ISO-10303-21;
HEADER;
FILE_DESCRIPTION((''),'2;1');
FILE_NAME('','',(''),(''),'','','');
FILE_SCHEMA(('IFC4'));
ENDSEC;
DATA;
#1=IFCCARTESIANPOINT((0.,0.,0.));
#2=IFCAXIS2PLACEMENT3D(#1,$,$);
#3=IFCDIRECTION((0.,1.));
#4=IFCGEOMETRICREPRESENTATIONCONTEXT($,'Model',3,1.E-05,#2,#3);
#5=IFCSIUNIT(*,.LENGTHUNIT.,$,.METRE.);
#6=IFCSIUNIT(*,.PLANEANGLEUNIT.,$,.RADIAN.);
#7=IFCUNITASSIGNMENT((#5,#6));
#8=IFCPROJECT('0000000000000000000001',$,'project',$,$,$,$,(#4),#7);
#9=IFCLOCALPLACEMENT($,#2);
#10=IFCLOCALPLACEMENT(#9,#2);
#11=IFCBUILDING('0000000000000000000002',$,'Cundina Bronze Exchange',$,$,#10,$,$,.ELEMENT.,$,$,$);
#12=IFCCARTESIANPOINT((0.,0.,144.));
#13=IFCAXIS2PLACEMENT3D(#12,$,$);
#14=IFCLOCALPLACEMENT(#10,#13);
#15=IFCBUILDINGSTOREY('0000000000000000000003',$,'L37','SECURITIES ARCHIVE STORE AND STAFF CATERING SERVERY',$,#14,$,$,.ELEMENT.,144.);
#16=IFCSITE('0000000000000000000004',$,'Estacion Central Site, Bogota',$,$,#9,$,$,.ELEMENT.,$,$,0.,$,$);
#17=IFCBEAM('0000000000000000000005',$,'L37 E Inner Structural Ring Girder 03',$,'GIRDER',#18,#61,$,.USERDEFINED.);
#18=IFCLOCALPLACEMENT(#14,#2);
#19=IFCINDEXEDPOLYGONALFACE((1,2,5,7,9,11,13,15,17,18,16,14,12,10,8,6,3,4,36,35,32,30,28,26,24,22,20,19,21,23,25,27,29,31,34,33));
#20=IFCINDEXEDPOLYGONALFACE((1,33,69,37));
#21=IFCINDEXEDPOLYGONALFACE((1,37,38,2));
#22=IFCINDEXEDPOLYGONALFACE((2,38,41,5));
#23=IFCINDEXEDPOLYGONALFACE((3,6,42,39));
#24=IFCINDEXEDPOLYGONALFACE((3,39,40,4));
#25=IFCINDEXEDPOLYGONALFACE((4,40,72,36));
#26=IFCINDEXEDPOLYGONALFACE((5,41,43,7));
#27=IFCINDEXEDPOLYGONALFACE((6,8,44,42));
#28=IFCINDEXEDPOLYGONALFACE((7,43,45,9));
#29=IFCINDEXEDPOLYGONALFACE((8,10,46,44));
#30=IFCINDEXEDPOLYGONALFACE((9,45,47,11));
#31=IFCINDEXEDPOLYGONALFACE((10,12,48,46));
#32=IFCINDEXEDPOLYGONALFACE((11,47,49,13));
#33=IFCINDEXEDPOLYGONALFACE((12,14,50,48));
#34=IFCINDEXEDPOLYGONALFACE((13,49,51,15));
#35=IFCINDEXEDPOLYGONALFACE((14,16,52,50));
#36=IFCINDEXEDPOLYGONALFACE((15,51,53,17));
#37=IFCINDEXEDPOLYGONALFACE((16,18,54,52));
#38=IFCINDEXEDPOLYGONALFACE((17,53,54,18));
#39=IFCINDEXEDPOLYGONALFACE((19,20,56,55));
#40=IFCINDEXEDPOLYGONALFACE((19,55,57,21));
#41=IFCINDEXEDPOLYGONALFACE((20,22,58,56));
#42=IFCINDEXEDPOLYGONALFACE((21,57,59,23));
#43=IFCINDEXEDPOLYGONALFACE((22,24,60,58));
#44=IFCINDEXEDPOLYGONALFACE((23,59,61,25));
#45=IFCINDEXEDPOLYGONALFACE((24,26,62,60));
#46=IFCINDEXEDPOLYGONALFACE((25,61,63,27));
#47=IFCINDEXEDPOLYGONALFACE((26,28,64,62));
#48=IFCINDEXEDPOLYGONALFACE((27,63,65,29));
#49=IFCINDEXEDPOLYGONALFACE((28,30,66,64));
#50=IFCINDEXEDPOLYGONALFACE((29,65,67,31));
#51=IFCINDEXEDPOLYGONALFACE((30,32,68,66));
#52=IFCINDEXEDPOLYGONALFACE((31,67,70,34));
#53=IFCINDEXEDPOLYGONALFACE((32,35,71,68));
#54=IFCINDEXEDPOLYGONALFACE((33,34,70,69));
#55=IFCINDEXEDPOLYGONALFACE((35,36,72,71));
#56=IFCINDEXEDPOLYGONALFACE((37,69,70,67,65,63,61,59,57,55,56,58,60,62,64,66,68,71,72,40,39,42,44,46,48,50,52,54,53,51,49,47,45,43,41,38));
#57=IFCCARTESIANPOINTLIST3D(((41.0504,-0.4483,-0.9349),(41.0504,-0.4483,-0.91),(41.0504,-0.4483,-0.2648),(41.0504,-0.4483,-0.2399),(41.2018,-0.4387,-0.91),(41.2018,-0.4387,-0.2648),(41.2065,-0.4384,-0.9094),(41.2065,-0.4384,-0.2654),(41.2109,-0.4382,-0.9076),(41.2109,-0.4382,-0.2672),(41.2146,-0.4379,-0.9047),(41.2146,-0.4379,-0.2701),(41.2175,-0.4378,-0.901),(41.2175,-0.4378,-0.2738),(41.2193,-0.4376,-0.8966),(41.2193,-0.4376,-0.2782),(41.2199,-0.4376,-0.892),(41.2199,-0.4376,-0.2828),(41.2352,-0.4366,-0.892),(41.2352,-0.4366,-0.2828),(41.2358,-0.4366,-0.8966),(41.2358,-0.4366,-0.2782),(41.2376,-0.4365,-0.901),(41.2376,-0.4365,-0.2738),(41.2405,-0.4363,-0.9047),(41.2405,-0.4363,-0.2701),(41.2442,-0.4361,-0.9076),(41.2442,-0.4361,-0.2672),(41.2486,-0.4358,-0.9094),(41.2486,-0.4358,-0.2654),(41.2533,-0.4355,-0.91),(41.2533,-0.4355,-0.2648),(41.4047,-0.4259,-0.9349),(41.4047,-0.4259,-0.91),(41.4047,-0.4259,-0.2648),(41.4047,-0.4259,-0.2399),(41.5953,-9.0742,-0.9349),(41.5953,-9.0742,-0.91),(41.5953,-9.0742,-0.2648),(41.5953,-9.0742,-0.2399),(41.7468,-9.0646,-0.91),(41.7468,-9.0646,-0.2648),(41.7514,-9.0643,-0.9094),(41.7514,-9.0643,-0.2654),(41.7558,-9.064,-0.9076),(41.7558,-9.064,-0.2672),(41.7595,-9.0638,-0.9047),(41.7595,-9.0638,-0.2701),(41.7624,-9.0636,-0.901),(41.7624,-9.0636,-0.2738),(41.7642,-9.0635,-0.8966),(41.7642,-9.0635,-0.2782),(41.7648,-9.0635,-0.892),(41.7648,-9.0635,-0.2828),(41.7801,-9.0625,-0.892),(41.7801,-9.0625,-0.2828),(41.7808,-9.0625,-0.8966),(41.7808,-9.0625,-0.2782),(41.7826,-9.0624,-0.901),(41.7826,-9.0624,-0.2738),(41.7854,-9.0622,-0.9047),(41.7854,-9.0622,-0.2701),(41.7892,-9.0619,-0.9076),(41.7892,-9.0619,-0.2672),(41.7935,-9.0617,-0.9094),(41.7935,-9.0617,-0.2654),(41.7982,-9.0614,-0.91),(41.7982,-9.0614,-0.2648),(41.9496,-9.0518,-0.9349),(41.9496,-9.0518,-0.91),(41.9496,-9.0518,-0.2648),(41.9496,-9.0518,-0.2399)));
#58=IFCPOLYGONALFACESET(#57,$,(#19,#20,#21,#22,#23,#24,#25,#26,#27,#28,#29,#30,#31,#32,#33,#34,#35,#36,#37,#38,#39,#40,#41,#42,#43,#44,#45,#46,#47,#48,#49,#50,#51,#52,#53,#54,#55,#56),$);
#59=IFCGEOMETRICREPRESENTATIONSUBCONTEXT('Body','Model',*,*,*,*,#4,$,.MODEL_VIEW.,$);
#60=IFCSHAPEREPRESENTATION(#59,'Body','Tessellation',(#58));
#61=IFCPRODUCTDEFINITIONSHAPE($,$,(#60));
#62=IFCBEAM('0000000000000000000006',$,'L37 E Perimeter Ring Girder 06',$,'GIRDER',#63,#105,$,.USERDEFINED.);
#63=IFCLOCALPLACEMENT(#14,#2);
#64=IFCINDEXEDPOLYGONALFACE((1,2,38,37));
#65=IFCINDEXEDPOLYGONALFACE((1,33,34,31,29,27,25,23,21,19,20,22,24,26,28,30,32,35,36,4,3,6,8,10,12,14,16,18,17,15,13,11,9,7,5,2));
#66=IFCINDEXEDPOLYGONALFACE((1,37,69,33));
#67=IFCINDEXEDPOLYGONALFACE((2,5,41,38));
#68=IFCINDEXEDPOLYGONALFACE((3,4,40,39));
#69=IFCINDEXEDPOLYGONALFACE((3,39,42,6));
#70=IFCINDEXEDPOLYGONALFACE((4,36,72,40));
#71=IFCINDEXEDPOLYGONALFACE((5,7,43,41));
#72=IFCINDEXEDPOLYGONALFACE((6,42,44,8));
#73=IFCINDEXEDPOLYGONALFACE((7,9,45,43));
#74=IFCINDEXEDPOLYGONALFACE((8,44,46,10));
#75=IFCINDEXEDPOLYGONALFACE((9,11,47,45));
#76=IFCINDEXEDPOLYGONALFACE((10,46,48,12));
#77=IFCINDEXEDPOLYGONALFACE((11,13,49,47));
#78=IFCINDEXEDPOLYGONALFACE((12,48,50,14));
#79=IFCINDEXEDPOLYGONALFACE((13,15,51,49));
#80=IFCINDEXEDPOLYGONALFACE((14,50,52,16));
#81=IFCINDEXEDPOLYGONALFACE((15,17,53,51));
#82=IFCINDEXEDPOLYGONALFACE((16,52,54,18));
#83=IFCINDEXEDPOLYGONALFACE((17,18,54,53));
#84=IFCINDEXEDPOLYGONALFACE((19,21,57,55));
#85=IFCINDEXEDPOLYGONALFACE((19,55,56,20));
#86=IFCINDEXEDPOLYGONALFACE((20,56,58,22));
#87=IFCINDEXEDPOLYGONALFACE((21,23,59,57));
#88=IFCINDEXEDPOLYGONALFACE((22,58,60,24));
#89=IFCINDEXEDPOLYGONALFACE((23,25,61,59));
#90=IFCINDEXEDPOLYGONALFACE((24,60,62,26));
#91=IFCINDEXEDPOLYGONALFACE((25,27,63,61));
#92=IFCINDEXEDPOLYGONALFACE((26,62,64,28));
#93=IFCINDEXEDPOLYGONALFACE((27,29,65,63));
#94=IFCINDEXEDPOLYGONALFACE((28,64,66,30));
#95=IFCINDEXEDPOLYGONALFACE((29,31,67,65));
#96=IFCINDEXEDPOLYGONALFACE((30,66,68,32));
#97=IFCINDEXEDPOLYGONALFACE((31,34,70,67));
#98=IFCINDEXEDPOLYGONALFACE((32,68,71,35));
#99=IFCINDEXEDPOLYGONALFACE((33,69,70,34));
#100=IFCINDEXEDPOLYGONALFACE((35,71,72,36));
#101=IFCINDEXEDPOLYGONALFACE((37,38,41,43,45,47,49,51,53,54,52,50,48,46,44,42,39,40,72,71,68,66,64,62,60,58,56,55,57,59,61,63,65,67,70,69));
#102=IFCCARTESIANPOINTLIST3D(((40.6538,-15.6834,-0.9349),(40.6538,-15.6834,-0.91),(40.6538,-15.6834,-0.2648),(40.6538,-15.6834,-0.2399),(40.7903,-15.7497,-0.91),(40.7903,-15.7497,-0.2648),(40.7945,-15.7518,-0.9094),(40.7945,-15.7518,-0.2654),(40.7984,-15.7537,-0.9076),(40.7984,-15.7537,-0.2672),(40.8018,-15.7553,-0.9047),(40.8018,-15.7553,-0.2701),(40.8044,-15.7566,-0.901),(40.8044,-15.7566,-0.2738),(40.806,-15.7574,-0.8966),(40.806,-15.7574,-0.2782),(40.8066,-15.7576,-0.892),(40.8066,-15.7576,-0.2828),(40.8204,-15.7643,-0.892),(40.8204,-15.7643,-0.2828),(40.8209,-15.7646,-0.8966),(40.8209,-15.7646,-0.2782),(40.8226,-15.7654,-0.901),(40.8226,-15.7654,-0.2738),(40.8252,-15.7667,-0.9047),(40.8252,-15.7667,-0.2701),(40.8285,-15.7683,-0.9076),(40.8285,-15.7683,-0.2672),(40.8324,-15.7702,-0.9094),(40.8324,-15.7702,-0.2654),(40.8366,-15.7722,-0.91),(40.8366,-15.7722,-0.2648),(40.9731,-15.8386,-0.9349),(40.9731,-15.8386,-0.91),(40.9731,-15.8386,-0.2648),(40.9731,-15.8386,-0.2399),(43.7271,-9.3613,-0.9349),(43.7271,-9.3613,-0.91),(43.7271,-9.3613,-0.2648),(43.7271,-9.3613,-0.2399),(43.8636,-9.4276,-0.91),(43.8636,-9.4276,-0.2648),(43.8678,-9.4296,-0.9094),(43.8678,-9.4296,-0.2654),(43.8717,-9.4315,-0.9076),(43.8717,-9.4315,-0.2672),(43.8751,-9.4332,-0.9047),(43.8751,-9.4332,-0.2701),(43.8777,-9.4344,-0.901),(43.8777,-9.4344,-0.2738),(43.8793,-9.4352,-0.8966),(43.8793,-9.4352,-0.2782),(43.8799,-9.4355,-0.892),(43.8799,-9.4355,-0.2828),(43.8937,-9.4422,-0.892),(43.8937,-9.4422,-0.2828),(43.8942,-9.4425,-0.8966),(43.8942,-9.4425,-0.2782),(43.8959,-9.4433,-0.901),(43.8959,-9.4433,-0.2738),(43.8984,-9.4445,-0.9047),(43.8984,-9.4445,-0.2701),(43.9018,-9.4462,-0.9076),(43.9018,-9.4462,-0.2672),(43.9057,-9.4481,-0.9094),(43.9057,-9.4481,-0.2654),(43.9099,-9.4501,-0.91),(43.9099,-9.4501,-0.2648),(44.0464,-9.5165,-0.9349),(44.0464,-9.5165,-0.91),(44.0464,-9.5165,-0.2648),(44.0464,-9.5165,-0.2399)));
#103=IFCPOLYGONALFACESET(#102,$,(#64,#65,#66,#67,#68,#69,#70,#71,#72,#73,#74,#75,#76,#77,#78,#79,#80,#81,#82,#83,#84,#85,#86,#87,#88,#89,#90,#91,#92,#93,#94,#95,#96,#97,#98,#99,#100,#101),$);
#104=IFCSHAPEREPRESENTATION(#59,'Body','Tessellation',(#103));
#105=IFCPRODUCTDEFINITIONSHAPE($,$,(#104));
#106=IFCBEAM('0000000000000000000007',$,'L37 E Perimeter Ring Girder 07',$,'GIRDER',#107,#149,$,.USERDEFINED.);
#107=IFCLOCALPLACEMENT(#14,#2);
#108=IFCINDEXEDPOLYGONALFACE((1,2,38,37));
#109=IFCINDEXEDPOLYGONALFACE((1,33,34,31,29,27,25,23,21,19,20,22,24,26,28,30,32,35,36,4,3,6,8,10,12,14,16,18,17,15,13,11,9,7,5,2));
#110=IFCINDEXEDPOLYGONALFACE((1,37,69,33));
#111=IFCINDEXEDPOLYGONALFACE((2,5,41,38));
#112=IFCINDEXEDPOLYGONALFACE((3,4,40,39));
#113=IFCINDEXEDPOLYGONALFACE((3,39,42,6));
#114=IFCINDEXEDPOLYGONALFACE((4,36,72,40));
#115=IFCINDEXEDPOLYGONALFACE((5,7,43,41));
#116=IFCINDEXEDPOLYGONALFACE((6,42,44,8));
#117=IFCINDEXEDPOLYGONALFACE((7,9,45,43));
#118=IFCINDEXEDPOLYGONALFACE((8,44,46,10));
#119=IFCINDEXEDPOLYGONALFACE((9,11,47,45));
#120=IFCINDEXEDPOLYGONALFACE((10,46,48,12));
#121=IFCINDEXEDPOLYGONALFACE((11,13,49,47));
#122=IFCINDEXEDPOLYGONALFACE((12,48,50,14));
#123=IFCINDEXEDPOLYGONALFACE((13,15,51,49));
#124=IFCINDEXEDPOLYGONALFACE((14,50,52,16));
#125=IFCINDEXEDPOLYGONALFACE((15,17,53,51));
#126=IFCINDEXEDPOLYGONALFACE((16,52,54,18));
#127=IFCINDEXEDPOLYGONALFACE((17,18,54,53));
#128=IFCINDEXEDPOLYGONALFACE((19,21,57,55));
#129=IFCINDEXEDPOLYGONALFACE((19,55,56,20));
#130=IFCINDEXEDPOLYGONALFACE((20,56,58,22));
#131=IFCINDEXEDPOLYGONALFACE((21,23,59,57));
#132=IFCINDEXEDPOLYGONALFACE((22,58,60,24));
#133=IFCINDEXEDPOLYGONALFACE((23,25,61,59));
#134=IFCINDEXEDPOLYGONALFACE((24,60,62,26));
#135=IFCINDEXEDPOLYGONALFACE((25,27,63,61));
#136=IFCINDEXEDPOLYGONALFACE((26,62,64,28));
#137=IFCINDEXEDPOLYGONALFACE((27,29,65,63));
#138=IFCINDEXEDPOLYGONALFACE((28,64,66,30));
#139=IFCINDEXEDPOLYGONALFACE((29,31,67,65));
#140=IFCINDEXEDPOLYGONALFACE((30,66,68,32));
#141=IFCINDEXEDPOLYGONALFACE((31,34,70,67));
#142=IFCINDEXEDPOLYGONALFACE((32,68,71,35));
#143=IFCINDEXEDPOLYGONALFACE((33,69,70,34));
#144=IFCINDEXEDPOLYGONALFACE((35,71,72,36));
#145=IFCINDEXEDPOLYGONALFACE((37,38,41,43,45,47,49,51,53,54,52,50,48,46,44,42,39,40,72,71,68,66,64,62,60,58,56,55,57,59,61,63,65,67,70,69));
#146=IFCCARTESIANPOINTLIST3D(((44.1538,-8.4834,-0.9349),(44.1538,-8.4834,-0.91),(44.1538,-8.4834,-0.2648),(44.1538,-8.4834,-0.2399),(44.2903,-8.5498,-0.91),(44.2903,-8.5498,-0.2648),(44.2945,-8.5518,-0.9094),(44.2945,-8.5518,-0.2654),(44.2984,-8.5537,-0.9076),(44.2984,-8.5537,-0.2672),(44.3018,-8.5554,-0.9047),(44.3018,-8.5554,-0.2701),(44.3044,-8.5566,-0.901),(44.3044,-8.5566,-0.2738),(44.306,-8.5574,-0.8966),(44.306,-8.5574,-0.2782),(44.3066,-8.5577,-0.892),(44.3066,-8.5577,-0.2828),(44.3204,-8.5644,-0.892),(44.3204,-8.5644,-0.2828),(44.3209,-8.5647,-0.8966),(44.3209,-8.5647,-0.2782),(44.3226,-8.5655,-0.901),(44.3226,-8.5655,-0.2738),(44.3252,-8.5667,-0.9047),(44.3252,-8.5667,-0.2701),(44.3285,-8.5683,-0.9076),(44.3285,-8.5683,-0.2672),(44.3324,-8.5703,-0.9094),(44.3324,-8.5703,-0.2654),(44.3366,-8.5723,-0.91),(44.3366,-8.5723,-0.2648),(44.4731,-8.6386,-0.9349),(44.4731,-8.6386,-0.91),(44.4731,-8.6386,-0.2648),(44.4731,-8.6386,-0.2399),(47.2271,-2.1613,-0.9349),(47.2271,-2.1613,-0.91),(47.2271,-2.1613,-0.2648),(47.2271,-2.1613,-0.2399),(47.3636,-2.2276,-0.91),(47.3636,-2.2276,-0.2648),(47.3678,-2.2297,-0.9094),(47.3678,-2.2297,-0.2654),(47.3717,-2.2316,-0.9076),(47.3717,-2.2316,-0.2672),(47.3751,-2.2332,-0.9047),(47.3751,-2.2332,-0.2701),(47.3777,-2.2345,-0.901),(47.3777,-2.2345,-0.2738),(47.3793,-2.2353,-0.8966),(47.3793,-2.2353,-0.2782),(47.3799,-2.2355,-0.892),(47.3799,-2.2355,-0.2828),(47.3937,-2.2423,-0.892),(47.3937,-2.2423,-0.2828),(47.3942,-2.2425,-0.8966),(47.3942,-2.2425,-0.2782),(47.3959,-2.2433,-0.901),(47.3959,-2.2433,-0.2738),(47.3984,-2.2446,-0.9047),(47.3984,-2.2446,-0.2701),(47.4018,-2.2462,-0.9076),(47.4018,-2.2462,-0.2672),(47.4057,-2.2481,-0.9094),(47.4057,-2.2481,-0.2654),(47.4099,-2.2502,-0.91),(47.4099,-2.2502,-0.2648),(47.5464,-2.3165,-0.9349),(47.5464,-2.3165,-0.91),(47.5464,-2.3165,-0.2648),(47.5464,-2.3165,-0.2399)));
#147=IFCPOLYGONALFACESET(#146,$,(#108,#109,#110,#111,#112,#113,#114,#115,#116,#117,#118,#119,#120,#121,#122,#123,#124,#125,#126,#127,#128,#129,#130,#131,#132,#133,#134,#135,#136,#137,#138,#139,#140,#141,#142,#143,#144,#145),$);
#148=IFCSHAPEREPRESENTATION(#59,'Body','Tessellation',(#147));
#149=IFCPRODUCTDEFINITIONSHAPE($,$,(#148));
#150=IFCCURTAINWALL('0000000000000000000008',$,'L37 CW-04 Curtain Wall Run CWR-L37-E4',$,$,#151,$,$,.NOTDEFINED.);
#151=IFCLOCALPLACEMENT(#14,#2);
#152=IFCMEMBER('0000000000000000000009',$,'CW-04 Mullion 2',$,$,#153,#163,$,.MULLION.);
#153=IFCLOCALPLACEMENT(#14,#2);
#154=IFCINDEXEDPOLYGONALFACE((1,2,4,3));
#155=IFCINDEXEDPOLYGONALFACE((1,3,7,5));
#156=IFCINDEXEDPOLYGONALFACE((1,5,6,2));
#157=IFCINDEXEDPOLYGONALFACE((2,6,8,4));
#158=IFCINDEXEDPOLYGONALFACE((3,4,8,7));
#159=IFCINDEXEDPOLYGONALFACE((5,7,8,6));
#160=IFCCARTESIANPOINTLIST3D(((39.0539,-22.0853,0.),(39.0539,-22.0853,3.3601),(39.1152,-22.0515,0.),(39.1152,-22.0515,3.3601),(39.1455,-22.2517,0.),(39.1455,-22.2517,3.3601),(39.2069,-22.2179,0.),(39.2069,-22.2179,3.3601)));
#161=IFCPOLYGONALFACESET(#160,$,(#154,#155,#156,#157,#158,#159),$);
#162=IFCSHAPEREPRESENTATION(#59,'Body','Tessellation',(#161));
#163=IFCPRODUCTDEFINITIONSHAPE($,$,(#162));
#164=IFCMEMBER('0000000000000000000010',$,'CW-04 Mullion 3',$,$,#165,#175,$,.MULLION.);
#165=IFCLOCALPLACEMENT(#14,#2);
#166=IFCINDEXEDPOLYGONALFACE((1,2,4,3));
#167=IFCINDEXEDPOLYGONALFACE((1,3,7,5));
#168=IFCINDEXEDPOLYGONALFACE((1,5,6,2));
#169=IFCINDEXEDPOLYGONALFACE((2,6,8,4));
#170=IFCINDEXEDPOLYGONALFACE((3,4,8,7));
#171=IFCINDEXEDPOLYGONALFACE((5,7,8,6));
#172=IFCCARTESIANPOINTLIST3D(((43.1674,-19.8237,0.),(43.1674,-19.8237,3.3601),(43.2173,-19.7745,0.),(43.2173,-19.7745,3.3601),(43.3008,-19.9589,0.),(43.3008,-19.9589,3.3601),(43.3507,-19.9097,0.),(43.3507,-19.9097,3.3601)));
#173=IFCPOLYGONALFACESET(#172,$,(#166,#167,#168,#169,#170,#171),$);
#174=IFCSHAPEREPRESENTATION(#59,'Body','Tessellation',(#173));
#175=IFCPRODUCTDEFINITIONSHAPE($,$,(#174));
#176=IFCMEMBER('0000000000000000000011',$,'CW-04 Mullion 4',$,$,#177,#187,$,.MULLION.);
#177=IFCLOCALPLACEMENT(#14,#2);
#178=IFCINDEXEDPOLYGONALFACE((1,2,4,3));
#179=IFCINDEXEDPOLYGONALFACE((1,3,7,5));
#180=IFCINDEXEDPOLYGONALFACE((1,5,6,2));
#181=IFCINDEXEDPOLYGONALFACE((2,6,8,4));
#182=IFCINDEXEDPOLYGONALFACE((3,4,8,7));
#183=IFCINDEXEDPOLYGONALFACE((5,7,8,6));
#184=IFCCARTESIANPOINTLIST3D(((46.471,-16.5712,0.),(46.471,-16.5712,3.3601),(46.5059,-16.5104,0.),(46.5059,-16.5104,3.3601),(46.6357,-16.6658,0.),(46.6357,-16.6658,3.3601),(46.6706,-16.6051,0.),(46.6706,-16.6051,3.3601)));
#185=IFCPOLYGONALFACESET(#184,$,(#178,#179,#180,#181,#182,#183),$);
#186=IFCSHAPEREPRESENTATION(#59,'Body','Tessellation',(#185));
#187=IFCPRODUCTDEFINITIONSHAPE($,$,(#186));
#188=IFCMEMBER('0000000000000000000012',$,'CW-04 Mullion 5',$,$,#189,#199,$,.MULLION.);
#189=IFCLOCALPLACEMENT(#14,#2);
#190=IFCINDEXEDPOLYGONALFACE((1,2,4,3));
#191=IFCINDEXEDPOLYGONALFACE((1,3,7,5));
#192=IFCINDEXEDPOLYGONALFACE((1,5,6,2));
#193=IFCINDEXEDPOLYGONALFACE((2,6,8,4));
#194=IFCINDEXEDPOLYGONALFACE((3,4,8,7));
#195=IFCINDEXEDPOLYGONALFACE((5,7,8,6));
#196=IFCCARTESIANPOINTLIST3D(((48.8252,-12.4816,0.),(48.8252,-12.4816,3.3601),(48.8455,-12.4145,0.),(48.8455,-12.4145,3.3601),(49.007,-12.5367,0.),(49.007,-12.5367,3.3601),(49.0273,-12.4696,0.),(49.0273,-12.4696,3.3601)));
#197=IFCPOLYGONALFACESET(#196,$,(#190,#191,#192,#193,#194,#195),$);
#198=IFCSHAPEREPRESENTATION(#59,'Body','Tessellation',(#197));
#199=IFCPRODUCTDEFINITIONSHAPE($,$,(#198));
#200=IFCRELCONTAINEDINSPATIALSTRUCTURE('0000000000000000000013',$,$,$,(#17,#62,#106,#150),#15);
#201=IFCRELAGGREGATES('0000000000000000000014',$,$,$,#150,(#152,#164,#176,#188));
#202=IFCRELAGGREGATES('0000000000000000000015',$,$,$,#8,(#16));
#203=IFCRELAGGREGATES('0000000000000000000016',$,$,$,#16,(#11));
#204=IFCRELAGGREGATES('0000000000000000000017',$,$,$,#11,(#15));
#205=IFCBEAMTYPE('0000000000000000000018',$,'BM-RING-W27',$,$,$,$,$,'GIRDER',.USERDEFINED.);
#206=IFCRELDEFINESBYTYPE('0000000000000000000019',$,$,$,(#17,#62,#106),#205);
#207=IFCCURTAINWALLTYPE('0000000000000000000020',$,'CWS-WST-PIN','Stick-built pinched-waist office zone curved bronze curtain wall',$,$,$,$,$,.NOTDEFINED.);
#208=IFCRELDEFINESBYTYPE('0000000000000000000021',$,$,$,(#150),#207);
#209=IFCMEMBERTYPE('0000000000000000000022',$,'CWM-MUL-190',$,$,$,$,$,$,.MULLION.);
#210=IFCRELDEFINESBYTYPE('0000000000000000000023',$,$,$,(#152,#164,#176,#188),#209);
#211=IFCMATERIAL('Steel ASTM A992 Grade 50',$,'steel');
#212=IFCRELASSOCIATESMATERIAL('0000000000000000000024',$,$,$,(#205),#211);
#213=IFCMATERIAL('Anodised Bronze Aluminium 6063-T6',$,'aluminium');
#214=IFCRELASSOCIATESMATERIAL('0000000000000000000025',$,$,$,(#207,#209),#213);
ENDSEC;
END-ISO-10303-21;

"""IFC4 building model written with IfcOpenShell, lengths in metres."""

from ifc_helpers import new_model, si_unit, direction, frame, origin, origin_2d, place, context, subcontext, project, spatial, rectangle, i_section, extrude, material, material_profile, profile_set, type_object, element, aggregate, save


model = new_model("IFC4")

# Units and contexts
model_context = context("Model", 3, precision=1e-05, world=origin(), true_north=direction((0.0, 1.0)))
body_context = subcontext(model_context, "Body", "Model", "MODEL_VIEW")
ifc_project = project(units=[si_unit("LENGTHUNIT", "METRE"), si_unit("PLANEANGLEUNIT", "RADIAN")], contexts=[model_context])

# Site, building, storey
site_placement = place(None, origin())
site = spatial("IfcSite", under=ifc_project, at=site_placement, Name="Estacion Central Site, Bogota", CompositionType="ELEMENT", RefElevation=0.0)
building_placement = place(site_placement, origin())
building = spatial("IfcBuilding", under=site, at=building_placement, Name="Cundina Bronze Exchange", CompositionType="ELEMENT")
storey_placement = place(building_placement, frame((0.0, 0.0, 144.0)))
storey = spatial("IfcBuildingStorey", under=building, at=storey_placement, Name="L37", Description="SECURITIES ARCHIVE STORE AND STAFF CATERING SERVERY", CompositionType="ELEMENT", Elevation=144.0)

# Beams
ifc_material_1 = material(Name="Steel ASTM A992 Grade 50", Category="steel")
ifc_material_profile_1 = material_profile(ifc_material_1, i_section(OverallWidth=0.355, OverallDepth=0.6951, WebThickness=0.0154, FlangeThickness=0.0249, FilletRadius=0.0181, at=origin_2d()), Name="W27X146", Category="steel")
ifc_profile_set_1 = profile_set([ifc_material_profile_1], Name="Steel ASTM A992 Grade 50")
beam_type_1 = type_object("IfcBeamType", Name="BM-RING-W27", ElementType="GIRDER", PredefinedType="USERDEFINED", material=ifc_profile_set_1)
beam_1_placement = place(storey_placement, frame((41.7725, -9.063, -0.5874), z_axis=(-0.063047, 0.998011, 0.0), x_axis=(-0.998011, -0.063047, 0.0)))
element("IfcBeam", 1, at=beam_1_placement, inside=storey, type_object=beam_type_1, Name="L37 E Inner Structural Ring Girder 03", ObjectType="GIRDER", PredefinedType="USERDEFINED", context=body_context, shape_type="SweptSolid", body=[
    extrude(i_section(OverallWidth=0.355, OverallDepth=0.6951, WebThickness=0.0154, FlangeThickness=0.0249, FilletRadius=0.0181, at=origin_2d()), origin(), (0.0, 0.0, 1.0), 8.6431),
])
for number, where, z_axis, x_axis, name in (
    (2, (40.8135, -15.761, -0.5874), (0.437197, 0.899366, 0.0), (-0.899366, 0.437197, 0.0), "L37 E Perimeter Ring Girder 06"),
    (3, (44.3135, -8.561, -0.5874), (0.437197, 0.899366, 0.0), (-0.899366, 0.437197, 0.0), "L37 E Perimeter Ring Girder 07"),
):
    element("IfcBeam", number, at=place(storey_placement, frame(where, z_axis=z_axis, x_axis=x_axis)), inside=storey, type_object=beam_type_1, Name=name, ObjectType="GIRDER", PredefinedType="USERDEFINED", context=body_context, shape_type="SweptSolid", body=[
        extrude(i_section(OverallWidth=0.355, OverallDepth=0.6951, WebThickness=0.0154, FlangeThickness=0.0249, FilletRadius=0.0181, at=origin_2d()), origin(), (0.0, 0.0, 1.0), 7.0295),
    ])

# Curtain wall, members
ifc_material_2 = material(Name="Anodised Bronze Aluminium 6063-T6", Category="aluminium")
curtain_wall_type = type_object("IfcCurtainWallType", Name="CWS-WST-PIN", Description="Stick-built pinched-waist office zone curved bronze curtain wall", PredefinedType="NOTDEFINED", material=ifc_material_2)
curtain_wall_placement = place(storey_placement, origin())
curtain_wall = element("IfcCurtainWall", 4, at=curtain_wall_placement, inside=storey, type_object=curtain_wall_type, Name="L37 CW-04 Curtain Wall Run CWR-L37-E4", PredefinedType="NOTDEFINED")
ifc_material_profile_2 = material_profile(ifc_material_2, rectangle(XDim=0.0701, YDim=0.1899, at=origin_2d()), Name="AL70X190", Category="aluminium")
ifc_profile_set_2 = profile_set([ifc_material_profile_2], Name="Anodised Bronze Aluminium 6063-T6")
member_type_1 = type_object("IfcMemberType", Name="CWM-MUL-190", PredefinedType="MULLION", material=ifc_profile_set_2)
member_1_placement = place(storey_placement, frame((39.1304, -22.1516, 0.0), z_axis=(0.0, 0.0, 1.0), x_axis=(0.875886, 0.482518, 0.0)))
member_1 = element("IfcMember", 5, at=member_1_placement, type_object=member_type_1, Name="CW-04 Mullion 2", PredefinedType="MULLION", context=body_context, shape_type="SweptSolid", body=[
    extrude(rectangle(XDim=0.0701, YDim=0.1899, at=origin_2d()), origin(), (0.0, 0.0, 1.0), 3.3601),
])
member_2_placement = place(storey_placement, frame((43.259, -19.8667, 0.0), z_axis=(0.0, 0.0, 1.0), x_axis=(0.712026, 0.702153, 0.0)))
member_2 = element("IfcMember", 6, at=member_2_placement, type_object=member_type_1, Name="CW-04 Mullion 3", PredefinedType="MULLION", context=body_context, shape_type="SweptSolid", body=[
    extrude(rectangle(XDim=0.0701, YDim=0.1899, at=origin_2d()), origin(), (0.0, 0.0, 1.0), 3.3601),
])
member_3_placement = place(storey_placement, frame((46.5708, -16.5881, 0.0), z_axis=(0.0, 0.0, 1.0), x_axis=(0.498488, 0.866897, 0.0)))
member_3 = element("IfcMember", 7, at=member_3_placement, type_object=member_type_1, Name="CW-04 Mullion 4", PredefinedType="MULLION", context=body_context, shape_type="SweptSolid", body=[
    extrude(rectangle(XDim=0.0701, YDim=0.1899, at=origin_2d()), origin(), (0.0, 0.0, 1.0), 3.3601),
])
member_4_placement = place(storey_placement, frame((48.9263, -12.4756, 0.0), z_axis=(0.0, 0.0, 1.0), x_axis=(0.290034, 0.957016, 0.0)))
member_4 = element("IfcMember", 8, at=member_4_placement, type_object=member_type_1, Name="CW-04 Mullion 5", PredefinedType="MULLION", context=body_context, shape_type="SweptSolid", body=[
    extrude(rectangle(XDim=0.0701, YDim=0.1899, at=origin_2d()), origin(), (0.0, 0.0, 1.0), 3.3601),
])
aggregate(curtain_wall, [member_1, member_2, member_3, member_4])

save(model, "model.ifc")
